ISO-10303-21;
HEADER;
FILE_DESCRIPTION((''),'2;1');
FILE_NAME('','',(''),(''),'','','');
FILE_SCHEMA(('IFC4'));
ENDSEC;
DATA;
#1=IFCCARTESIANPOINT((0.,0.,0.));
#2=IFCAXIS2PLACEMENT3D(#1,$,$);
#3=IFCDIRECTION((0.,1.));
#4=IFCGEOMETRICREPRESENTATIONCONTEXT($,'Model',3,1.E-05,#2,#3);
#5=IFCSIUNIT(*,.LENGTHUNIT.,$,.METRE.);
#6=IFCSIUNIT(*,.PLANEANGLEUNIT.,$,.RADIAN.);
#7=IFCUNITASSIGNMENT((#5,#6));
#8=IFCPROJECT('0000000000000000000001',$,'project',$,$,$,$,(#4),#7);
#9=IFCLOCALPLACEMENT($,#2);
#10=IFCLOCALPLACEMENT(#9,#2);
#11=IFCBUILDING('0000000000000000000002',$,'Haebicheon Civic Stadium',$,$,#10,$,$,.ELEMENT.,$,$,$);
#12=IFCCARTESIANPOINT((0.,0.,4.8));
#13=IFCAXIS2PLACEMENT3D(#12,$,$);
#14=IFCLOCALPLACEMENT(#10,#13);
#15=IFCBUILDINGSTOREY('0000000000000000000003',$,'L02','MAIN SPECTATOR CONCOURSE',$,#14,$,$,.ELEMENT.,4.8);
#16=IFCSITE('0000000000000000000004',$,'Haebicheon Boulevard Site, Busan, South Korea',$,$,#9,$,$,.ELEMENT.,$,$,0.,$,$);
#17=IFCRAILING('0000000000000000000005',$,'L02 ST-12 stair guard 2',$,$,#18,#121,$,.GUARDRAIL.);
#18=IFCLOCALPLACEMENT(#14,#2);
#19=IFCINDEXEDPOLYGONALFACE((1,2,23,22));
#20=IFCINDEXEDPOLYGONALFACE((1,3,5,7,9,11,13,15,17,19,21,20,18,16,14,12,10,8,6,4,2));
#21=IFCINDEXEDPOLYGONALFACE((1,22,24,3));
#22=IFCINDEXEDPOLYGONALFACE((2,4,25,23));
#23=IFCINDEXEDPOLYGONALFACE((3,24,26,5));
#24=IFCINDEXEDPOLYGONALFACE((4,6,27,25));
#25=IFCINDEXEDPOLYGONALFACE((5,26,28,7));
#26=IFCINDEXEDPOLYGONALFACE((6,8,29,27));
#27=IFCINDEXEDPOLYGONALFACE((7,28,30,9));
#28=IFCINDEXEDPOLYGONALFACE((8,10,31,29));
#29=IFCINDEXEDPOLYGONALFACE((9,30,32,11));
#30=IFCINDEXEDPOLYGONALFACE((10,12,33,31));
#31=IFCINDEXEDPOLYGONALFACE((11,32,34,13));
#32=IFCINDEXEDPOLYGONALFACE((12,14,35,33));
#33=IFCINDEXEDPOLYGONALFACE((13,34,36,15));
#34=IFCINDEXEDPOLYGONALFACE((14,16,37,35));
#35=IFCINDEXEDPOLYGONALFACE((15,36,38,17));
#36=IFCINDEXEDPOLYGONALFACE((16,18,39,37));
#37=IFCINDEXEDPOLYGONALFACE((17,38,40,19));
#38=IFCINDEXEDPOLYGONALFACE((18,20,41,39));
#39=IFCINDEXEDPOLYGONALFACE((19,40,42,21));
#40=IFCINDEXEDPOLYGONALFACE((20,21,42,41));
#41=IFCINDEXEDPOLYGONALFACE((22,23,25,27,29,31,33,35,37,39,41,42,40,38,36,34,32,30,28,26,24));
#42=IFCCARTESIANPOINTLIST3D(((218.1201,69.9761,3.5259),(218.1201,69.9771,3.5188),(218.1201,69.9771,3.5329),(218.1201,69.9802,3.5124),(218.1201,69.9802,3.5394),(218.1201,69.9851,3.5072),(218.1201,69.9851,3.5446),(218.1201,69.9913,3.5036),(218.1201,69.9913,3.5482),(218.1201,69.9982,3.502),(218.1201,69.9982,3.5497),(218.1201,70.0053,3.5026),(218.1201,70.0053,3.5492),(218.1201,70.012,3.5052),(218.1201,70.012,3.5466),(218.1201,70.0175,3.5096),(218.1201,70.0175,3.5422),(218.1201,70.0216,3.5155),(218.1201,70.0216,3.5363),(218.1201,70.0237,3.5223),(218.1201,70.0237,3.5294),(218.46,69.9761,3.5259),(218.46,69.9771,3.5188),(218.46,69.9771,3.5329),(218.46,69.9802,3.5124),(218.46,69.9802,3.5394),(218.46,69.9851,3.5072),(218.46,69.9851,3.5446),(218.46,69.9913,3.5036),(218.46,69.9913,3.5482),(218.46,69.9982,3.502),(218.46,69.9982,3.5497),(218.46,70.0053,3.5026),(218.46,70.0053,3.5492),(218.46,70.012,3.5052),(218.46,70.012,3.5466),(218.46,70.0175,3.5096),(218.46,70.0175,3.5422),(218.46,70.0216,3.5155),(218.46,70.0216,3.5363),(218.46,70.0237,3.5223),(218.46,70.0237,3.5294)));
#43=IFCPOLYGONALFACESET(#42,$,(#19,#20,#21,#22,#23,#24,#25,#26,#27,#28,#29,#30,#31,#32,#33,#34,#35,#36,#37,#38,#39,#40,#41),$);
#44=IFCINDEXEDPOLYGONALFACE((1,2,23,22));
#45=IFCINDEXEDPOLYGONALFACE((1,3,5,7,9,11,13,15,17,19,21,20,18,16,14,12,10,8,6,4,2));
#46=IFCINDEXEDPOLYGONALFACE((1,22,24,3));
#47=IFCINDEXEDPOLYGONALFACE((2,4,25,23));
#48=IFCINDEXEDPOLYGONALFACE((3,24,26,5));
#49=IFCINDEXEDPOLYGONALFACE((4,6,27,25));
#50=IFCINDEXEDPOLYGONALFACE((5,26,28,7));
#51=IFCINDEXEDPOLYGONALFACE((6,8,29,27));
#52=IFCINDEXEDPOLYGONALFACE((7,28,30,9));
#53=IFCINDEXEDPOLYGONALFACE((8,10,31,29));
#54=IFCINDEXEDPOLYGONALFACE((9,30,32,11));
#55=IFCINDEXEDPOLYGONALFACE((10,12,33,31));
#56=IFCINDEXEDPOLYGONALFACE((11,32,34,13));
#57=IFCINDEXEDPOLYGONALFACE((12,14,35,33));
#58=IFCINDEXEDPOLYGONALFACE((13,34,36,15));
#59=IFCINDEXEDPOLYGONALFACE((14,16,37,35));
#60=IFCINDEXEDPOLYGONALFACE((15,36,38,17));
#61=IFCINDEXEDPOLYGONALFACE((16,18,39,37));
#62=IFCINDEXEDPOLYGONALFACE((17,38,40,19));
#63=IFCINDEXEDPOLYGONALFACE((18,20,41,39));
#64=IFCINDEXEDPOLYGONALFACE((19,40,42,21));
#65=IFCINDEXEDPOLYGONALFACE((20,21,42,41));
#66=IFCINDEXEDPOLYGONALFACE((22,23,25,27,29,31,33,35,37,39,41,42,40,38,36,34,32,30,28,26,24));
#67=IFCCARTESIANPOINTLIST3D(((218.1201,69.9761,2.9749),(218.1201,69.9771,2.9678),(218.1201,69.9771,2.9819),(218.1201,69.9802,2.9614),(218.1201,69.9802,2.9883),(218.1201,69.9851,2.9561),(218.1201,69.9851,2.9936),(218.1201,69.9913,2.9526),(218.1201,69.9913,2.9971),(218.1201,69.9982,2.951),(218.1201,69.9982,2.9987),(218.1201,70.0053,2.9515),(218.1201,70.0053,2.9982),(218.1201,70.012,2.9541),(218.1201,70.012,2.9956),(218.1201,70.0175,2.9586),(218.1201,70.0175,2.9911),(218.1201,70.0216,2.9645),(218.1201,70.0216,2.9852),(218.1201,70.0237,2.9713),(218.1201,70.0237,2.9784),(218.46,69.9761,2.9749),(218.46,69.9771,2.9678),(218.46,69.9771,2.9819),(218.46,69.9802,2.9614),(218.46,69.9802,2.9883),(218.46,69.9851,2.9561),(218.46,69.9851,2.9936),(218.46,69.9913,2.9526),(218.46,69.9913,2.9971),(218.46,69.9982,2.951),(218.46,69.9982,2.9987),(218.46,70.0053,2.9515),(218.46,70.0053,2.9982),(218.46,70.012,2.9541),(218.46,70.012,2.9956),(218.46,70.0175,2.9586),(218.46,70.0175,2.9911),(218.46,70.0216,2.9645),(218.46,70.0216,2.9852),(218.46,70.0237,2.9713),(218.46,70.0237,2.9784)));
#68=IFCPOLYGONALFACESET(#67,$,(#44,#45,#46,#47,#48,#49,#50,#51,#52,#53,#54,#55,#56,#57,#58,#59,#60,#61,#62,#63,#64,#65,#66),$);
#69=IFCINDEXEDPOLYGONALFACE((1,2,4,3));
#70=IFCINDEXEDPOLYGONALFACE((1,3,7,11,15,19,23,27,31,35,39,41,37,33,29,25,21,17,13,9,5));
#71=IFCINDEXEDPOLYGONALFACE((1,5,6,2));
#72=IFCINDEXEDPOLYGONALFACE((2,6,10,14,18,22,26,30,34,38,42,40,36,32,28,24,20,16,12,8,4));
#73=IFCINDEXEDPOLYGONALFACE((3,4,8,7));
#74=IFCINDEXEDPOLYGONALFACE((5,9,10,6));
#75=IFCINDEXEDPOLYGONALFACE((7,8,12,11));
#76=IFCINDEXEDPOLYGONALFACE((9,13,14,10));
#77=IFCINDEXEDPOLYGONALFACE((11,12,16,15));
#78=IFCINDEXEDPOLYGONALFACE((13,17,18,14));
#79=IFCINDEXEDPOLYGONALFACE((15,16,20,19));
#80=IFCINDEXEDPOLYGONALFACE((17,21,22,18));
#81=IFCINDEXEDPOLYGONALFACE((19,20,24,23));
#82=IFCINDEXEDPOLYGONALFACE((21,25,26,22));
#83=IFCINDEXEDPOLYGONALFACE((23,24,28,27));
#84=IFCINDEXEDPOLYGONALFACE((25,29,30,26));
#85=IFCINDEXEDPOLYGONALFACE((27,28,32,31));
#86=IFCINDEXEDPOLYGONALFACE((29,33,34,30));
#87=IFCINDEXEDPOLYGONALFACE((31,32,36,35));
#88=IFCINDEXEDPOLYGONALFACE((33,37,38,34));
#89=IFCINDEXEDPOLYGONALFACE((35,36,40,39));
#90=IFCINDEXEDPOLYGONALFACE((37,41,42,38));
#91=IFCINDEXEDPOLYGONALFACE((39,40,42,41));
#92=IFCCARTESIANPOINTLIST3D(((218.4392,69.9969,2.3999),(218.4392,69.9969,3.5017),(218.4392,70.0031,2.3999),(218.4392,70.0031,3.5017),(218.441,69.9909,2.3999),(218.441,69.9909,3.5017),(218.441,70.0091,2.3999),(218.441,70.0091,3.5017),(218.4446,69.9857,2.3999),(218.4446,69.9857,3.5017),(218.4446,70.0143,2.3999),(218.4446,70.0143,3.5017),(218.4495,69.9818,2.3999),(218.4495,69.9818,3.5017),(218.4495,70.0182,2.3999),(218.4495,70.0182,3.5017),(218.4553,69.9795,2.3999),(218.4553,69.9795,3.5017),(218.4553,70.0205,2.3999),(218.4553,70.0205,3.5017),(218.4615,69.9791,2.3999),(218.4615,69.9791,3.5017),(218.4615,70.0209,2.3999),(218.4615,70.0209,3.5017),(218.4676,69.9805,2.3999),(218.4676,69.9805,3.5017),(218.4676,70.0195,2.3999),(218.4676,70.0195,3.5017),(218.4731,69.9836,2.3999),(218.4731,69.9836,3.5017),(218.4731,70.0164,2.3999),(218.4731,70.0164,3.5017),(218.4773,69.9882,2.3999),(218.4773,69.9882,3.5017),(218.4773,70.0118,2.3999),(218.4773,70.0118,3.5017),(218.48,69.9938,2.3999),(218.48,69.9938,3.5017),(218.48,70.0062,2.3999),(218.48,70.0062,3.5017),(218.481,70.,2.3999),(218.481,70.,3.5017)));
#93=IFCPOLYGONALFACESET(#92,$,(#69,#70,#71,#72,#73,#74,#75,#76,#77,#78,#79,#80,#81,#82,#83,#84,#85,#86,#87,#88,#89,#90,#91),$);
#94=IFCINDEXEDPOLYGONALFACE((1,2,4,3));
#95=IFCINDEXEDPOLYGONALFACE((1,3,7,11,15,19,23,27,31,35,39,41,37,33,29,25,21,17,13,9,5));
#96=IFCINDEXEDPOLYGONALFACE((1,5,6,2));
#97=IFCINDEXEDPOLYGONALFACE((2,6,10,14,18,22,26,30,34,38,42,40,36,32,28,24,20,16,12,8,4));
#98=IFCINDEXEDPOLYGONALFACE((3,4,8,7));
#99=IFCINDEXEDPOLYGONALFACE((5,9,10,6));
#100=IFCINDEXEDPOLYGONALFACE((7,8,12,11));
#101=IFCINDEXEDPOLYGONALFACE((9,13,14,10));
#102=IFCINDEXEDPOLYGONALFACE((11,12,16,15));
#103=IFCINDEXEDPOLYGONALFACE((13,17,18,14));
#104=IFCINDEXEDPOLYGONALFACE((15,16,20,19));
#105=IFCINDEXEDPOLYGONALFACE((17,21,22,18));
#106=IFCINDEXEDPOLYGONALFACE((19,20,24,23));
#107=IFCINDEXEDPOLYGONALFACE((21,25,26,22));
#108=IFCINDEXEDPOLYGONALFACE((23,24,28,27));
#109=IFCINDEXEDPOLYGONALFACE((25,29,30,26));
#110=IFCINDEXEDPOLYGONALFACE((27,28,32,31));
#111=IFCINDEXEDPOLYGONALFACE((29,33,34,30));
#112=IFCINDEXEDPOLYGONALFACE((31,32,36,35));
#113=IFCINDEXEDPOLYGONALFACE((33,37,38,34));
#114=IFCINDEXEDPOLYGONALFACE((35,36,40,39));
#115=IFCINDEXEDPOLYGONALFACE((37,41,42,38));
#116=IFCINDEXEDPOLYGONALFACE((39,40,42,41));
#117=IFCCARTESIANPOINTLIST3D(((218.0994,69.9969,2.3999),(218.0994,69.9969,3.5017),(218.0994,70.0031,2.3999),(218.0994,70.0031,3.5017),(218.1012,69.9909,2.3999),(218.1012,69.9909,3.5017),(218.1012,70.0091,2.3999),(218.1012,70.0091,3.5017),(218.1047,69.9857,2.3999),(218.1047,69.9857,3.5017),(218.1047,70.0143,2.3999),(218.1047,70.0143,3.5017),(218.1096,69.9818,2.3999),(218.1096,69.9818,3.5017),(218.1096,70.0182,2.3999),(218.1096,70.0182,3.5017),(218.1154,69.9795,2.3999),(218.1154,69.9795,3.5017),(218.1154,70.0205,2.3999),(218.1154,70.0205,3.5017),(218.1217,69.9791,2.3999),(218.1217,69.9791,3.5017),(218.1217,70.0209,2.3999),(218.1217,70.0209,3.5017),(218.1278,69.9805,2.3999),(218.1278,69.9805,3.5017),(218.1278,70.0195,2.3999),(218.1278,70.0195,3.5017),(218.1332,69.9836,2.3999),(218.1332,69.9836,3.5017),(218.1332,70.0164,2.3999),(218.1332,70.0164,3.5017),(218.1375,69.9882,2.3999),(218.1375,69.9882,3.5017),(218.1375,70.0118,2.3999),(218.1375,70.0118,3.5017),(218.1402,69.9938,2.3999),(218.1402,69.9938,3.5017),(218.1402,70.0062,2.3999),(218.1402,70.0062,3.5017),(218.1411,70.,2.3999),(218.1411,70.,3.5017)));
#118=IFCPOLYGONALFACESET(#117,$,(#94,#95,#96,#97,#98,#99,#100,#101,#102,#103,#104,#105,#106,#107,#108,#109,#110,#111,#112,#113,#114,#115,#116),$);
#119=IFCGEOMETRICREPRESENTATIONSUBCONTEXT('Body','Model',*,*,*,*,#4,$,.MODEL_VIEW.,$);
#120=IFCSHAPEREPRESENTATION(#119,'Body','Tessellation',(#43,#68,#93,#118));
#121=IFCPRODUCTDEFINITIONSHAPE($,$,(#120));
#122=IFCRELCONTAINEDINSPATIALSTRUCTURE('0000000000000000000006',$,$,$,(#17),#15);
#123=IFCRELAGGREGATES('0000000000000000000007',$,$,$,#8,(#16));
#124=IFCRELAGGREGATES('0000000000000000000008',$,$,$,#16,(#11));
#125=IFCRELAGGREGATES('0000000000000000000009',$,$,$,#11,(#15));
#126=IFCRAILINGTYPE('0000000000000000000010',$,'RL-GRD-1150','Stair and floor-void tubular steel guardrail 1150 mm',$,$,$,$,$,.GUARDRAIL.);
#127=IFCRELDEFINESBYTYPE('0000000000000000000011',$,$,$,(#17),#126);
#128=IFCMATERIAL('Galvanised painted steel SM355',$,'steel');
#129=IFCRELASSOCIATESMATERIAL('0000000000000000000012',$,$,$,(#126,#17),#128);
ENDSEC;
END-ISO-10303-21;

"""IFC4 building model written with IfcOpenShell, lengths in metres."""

from ifc_helpers import new_model, si_unit, direction, frame, origin, origin_2d, place, context, subcontext, project, spatial, circle, extrude, material, type_object, element, save


model = new_model("IFC4")

# Units and contexts
model_context = context("Model", 3, precision=1e-05, world=origin(), true_north=direction((0.0, 1.0)))
body_context = subcontext(model_context, "Body", "Model", "MODEL_VIEW")
ifc_project = project(units=[si_unit("LENGTHUNIT", "METRE"), si_unit("PLANEANGLEUNIT", "RADIAN")], contexts=[model_context])

# Site, building, storey
site_placement = place(None, origin())
site = spatial("IfcSite", under=ifc_project, at=site_placement, Name="Haebicheon Boulevard Site, Busan, South Korea", CompositionType="ELEMENT", RefElevation=0.0)
building_placement = place(site_placement, origin())
building = spatial("IfcBuilding", under=site, at=building_placement, Name="Haebicheon Civic Stadium", CompositionType="ELEMENT")
storey_placement = place(building_placement, frame((0.0, 0.0, 4.8)))
storey = spatial("IfcBuildingStorey", under=building, at=storey_placement, Name="L02", Description="MAIN SPECTATOR CONCOURSE", CompositionType="ELEMENT", Elevation=4.8)

# Railing
ifc_material_1 = material(Name="Galvanised painted steel SM355", Category="steel")
railing_type_1 = type_object("IfcRailingType", Name="RL-GRD-1150", Description="Stair and floor-void tubular steel guardrail 1150 mm", PredefinedType="GUARDRAIL", material=ifc_material_1)
railing_1_placement = place(storey_placement, frame((218.46, 70.0, 2.3999)))
element("IfcRailing", 1, at=railing_1_placement, inside=storey, type_object=railing_type_1, material=ifc_material_1, Name="L02 ST-12 stair guard 2", PredefinedType="GUARDRAIL", context=body_context, shape_type="SweptSolid", body=[
    extrude(circle(Radius=0.0239, at=origin_2d()), frame((0.0, 0.0, 1.126), z_axis=(-1.0, 0.0, 0.0), x_axis=(0.0, -1.0, 0.0)), (0.0, 0.0, 1.0), 0.3398),
    extrude(circle(Radius=0.0239, at=origin_2d()), frame((0.0, 0.0, 0.575), z_axis=(-1.0, 0.0, 0.0), x_axis=(0.0, -1.0, 0.0)), (0.0, 0.0, 1.0), 0.3398),
    extrude(circle(Radius=0.021, at=origin_2d()), origin(), (0.0, 0.0, 1.0), 1.1018),
    extrude(circle(Radius=0.021, at=origin_2d()), frame((-0.3398, 0.0, 0.0)), (0.0, 0.0, 1.0), 1.1018),
])

save(model, "model.ifc")
